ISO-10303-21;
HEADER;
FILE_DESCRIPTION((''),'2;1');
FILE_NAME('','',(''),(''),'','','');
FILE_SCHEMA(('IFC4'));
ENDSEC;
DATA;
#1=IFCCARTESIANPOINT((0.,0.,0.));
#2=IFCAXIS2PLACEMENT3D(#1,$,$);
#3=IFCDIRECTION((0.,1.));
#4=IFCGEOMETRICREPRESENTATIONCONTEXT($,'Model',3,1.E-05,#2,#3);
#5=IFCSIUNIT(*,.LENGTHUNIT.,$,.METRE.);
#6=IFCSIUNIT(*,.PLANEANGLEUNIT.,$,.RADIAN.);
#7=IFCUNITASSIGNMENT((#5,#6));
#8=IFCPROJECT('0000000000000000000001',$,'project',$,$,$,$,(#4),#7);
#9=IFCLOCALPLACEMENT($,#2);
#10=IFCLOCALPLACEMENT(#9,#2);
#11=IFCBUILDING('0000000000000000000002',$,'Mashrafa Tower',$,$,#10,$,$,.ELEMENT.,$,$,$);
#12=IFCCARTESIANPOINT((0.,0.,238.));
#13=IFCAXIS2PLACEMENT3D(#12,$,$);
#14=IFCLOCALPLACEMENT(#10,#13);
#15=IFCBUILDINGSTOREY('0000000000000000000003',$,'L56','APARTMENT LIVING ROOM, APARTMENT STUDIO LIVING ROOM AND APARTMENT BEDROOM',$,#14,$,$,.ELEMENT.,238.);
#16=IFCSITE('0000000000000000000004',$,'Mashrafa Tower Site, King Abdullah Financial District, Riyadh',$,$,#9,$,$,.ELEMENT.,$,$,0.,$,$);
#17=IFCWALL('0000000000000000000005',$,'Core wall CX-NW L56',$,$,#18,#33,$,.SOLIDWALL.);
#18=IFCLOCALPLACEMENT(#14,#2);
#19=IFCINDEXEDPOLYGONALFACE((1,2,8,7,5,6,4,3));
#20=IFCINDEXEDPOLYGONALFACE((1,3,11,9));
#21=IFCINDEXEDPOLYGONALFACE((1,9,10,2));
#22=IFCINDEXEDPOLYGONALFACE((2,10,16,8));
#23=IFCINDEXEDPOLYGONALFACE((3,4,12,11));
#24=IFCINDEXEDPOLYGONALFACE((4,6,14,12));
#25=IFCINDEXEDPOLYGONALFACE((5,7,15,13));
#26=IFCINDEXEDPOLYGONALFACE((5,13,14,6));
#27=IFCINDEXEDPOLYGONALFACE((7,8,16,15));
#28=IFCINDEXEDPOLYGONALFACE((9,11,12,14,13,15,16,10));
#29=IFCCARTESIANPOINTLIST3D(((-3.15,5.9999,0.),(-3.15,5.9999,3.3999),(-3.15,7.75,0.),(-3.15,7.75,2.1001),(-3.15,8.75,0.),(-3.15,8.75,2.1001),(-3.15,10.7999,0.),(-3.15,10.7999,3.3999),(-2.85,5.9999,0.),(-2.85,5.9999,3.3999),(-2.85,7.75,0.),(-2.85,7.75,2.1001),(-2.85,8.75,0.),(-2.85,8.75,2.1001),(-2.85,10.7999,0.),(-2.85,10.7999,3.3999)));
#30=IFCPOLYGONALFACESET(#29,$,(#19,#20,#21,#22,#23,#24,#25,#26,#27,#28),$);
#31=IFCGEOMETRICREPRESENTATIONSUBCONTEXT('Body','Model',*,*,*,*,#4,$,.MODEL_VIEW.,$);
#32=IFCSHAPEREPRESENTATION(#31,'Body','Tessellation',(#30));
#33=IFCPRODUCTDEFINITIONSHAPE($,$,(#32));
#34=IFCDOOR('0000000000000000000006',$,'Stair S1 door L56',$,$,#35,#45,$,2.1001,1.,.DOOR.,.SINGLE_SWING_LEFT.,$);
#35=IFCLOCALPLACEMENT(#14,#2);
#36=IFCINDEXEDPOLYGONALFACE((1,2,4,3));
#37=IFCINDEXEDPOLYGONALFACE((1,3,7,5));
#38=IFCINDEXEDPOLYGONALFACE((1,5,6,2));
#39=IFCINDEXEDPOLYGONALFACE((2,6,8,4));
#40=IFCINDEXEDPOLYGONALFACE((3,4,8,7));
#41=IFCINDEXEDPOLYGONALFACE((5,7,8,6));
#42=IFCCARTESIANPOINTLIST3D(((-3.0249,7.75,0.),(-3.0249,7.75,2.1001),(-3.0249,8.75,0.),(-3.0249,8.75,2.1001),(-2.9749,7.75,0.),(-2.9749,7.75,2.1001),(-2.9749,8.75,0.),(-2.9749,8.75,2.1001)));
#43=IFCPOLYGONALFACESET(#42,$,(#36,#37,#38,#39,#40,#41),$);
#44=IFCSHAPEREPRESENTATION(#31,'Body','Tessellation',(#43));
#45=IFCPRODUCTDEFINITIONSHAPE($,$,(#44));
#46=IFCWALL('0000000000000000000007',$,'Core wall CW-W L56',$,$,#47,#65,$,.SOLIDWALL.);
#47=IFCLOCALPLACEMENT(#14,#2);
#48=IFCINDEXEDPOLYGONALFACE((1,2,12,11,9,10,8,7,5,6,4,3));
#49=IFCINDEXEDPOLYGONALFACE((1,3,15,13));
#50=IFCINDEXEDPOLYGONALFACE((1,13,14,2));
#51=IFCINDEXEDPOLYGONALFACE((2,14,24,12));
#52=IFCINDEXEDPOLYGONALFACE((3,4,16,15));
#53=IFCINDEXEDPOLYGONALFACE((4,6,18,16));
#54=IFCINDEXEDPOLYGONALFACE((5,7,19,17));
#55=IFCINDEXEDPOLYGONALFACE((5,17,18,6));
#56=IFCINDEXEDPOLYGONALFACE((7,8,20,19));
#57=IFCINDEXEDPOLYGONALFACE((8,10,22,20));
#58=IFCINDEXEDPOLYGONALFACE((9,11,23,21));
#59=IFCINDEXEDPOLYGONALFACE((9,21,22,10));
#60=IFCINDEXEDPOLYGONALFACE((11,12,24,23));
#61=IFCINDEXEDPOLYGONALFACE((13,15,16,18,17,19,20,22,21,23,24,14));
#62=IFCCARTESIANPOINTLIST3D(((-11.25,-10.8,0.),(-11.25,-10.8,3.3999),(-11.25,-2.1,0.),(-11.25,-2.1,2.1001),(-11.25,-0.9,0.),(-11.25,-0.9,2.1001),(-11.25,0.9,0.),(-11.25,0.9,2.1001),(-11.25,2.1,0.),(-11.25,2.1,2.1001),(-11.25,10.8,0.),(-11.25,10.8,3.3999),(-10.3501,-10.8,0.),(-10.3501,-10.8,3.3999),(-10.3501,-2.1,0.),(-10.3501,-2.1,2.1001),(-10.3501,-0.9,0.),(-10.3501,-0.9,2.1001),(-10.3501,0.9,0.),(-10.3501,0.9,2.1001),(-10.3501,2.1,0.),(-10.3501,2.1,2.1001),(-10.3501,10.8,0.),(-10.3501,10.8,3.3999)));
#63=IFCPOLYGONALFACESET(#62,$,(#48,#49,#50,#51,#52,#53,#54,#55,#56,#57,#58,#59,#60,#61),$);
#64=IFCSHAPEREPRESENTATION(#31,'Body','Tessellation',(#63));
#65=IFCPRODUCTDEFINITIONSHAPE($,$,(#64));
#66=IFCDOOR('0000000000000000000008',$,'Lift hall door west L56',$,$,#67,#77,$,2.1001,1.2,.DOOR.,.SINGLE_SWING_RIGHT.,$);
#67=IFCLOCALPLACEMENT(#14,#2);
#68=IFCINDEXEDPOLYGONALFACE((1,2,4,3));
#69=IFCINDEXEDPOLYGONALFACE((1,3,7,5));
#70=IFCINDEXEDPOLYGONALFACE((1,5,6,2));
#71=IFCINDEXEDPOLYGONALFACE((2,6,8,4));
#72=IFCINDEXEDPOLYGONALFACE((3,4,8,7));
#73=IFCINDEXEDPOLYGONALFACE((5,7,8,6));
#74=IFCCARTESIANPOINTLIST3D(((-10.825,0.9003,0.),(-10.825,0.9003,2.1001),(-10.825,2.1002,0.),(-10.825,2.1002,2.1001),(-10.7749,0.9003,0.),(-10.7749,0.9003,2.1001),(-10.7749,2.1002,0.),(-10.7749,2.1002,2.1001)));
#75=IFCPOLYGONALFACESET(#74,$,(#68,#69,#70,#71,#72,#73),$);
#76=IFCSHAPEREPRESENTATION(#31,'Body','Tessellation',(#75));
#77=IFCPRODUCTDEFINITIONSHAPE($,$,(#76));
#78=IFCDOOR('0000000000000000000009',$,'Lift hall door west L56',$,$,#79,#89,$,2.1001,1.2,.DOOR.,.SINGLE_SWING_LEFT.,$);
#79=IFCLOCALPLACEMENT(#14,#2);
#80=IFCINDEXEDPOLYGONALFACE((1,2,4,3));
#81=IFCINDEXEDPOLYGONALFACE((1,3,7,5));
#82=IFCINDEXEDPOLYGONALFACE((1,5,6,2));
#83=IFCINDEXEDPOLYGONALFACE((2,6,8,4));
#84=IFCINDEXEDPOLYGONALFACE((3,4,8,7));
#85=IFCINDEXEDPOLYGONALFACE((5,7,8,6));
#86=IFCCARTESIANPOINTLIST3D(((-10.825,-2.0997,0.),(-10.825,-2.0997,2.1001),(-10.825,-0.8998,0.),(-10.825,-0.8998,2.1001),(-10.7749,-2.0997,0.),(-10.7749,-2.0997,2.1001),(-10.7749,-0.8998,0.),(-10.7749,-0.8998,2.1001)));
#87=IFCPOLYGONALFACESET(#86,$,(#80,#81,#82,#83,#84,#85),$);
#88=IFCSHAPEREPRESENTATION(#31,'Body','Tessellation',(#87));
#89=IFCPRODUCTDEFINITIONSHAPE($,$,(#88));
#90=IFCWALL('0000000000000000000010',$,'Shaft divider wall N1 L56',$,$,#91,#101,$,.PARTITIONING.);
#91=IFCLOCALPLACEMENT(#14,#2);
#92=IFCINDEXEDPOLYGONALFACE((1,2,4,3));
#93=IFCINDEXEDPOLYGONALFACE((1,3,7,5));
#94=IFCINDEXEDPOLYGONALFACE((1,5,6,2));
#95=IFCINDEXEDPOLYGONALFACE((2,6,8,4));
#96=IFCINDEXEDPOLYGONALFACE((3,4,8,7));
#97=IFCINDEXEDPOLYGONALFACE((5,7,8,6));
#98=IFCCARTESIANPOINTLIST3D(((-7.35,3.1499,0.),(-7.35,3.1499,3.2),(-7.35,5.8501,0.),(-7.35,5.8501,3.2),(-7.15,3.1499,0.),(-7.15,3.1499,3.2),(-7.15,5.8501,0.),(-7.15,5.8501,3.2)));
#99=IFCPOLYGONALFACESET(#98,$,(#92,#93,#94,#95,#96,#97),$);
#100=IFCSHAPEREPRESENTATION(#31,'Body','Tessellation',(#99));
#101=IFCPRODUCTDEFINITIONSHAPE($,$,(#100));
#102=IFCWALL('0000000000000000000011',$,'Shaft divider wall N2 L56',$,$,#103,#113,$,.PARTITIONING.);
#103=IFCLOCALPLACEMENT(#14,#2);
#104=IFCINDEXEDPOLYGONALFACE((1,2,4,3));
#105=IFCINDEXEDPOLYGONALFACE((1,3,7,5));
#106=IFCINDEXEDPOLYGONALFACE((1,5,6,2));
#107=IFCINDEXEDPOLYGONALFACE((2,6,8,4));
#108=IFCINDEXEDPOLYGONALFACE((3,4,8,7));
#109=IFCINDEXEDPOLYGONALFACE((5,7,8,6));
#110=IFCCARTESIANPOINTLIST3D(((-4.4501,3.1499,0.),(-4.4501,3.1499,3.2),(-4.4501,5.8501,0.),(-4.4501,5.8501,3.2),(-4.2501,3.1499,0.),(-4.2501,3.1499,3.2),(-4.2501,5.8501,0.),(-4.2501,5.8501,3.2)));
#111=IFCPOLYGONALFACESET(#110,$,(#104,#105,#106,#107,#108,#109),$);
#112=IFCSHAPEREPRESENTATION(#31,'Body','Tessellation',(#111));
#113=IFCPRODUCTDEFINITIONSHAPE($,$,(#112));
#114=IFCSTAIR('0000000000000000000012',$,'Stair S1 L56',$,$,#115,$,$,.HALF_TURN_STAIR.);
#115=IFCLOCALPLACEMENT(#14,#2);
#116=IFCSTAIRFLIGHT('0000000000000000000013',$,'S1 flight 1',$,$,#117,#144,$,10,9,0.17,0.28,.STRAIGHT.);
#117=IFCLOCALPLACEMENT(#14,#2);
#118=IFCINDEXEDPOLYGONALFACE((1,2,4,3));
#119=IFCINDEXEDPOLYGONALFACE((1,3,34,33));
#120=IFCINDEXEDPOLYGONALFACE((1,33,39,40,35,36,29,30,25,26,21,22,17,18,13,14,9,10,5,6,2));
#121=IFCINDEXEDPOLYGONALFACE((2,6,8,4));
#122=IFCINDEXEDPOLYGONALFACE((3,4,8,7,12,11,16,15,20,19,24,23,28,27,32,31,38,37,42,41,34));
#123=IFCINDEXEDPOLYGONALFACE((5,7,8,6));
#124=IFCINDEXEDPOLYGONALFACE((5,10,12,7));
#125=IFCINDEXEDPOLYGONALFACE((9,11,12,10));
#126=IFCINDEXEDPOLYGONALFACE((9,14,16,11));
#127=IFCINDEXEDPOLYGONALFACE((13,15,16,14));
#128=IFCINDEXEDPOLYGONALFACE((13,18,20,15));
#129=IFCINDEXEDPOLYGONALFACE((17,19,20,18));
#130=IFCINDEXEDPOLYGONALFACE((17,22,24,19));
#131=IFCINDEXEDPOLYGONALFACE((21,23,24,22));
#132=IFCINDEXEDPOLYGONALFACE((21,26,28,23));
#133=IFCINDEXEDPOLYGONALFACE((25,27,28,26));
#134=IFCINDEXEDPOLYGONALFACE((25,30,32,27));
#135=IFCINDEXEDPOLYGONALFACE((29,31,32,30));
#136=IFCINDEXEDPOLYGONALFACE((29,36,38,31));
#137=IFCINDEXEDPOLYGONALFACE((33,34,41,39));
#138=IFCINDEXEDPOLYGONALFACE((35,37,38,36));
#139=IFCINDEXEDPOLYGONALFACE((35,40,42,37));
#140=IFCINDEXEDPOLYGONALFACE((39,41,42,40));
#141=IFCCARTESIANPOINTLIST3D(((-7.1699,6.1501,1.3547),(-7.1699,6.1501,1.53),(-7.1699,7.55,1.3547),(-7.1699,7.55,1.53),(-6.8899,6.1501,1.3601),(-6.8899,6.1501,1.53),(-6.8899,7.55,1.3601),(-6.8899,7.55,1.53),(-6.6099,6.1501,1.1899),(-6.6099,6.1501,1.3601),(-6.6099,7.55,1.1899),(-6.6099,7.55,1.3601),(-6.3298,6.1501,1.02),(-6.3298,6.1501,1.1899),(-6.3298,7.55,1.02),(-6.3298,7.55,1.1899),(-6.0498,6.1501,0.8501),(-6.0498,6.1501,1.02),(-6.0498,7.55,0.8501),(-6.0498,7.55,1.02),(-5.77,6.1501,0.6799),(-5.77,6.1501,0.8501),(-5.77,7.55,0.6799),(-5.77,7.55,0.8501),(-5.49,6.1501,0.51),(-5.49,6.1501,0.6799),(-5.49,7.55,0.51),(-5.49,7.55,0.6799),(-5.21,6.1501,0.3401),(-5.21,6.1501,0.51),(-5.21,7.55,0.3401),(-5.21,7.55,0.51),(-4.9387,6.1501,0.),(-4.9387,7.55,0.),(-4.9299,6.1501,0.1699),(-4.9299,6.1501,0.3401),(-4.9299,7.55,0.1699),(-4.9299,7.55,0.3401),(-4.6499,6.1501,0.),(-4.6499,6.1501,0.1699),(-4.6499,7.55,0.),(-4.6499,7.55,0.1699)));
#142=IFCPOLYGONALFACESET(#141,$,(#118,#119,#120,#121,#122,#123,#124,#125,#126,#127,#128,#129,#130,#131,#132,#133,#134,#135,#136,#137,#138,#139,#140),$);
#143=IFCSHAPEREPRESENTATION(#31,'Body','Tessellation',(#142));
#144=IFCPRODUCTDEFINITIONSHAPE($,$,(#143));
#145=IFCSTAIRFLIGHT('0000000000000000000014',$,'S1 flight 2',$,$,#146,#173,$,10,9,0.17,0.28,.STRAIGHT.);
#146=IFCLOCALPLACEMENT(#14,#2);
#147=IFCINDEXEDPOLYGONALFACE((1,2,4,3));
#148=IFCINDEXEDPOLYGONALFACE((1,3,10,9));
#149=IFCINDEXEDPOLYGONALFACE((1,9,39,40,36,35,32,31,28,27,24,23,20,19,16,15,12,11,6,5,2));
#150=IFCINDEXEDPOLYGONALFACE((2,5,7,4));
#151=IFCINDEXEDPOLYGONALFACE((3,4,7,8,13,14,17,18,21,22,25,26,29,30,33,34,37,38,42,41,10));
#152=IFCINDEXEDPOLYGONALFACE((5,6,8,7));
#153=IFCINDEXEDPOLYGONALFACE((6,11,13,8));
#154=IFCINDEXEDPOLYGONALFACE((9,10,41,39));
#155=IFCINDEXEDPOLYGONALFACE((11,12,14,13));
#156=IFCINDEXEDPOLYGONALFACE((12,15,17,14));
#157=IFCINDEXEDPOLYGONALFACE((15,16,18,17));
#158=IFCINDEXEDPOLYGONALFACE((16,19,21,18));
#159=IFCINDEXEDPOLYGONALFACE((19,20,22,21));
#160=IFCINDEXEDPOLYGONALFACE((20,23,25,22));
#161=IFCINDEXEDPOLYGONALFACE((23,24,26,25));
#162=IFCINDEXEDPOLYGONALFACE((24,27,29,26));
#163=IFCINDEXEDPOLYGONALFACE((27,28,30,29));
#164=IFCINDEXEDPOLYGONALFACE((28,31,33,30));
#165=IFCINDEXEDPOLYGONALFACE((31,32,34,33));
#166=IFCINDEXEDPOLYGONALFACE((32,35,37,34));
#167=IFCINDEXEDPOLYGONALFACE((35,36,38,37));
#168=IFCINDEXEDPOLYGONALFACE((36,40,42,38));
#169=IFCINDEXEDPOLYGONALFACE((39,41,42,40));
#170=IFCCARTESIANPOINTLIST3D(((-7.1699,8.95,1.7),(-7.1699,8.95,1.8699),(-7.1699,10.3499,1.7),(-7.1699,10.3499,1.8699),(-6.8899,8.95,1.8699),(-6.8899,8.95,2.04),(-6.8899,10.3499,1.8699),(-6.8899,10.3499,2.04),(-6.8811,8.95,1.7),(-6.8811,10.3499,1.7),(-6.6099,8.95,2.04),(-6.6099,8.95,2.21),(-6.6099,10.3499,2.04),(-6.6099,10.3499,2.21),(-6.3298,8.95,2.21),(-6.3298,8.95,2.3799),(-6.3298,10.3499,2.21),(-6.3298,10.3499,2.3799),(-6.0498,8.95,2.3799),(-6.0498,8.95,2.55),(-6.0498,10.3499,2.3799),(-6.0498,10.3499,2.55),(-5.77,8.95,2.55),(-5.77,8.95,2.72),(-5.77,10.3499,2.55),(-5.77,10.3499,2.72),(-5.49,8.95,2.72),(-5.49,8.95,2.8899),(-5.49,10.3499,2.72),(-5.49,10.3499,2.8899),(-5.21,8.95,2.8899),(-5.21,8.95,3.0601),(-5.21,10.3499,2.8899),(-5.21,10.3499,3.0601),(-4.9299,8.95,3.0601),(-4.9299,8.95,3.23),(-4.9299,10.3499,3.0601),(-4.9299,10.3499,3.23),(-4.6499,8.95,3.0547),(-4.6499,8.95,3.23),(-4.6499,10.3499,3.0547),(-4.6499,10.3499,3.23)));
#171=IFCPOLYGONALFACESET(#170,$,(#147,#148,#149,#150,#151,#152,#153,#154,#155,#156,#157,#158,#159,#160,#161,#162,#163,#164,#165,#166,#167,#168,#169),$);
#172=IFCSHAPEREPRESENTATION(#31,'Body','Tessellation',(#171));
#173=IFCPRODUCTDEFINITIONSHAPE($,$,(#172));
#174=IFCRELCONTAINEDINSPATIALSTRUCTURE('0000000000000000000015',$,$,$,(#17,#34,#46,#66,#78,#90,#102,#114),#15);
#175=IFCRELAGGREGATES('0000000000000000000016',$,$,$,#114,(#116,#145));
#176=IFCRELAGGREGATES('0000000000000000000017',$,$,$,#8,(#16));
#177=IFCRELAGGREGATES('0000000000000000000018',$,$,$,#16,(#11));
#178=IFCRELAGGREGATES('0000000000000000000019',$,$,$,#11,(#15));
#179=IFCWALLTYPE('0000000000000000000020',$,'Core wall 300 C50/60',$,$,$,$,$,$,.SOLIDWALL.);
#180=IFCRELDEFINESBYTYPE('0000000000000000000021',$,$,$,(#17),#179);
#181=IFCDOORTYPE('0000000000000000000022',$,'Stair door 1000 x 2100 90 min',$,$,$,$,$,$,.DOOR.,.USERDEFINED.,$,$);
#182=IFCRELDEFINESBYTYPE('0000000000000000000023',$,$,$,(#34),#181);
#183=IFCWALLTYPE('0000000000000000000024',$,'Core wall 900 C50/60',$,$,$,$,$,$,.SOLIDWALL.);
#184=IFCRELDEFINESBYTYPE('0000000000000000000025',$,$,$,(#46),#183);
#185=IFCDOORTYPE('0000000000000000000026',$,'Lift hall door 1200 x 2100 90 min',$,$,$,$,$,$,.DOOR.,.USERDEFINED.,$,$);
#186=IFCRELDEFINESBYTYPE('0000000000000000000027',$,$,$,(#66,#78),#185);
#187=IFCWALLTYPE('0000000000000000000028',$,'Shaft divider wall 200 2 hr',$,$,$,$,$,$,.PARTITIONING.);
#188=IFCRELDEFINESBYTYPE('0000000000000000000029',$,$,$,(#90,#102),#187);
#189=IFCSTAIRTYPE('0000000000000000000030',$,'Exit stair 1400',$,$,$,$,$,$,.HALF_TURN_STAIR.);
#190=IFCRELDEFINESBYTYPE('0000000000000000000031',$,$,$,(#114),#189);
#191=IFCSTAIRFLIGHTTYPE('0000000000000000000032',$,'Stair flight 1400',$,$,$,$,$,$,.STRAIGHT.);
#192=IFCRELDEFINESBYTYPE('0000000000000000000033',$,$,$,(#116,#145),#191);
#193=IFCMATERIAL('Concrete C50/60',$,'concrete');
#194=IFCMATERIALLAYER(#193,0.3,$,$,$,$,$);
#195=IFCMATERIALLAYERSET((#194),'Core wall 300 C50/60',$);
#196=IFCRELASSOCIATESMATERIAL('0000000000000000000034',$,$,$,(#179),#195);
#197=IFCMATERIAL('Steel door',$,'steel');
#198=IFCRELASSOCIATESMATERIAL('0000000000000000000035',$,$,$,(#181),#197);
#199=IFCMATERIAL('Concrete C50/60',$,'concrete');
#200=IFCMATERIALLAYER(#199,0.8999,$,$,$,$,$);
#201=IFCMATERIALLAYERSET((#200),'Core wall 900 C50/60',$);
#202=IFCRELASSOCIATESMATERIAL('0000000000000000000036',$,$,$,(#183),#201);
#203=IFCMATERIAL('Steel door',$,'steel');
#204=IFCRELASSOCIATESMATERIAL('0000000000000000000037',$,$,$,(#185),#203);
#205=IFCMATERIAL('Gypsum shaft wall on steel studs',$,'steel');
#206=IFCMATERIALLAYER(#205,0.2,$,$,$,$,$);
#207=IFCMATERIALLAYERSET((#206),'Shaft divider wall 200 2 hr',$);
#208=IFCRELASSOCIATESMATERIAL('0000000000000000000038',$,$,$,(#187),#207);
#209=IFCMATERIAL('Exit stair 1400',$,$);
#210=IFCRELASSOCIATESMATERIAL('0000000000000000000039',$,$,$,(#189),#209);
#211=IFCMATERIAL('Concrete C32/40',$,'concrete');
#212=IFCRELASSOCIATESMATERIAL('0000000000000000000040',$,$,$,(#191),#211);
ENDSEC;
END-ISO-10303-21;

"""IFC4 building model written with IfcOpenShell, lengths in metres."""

from ifc_helpers import new_model, si_unit, direction, frame, frame_2d, origin, place, context, subcontext, project, spatial, polyline, rectangle, outline, extrude, material, layer, layer_set, type_object, element, fill, aggregate, save


model = new_model("IFC4")

# Units and contexts
model_context = context("Model", 3, precision=1e-05, world=origin(), true_north=direction((0.0, 1.0)))
body_context = subcontext(model_context, "Body", "Model", "MODEL_VIEW")
ifc_project = project(units=[si_unit("LENGTHUNIT", "METRE"), si_unit("PLANEANGLEUNIT", "RADIAN")], contexts=[model_context])

# Site, building, storey
site_placement = place(None, origin())
site = spatial("IfcSite", under=ifc_project, at=site_placement, Name="Mashrafa Tower Site, King Abdullah Financial District, Riyadh", CompositionType="ELEMENT", RefElevation=0.0)
building_placement = place(site_placement, origin())
building = spatial("IfcBuilding", under=site, at=building_placement, Name="Mashrafa Tower", CompositionType="ELEMENT")
storey_placement = place(building_placement, frame((0.0, 0.0, 238.0)))
storey = spatial("IfcBuildingStorey", under=building, at=storey_placement, Name="L56", Description="APARTMENT LIVING ROOM, APARTMENT STUDIO LIVING ROOM AND APARTMENT BEDROOM", CompositionType="ELEMENT", Elevation=238.0)

# Shared definitions
ifc_material_1 = material(Name="Concrete C50/60", Category="concrete")
ifc_layer_1 = layer(ifc_material_1, 0.3)
ifc_layer_set_1 = layer_set([ifc_layer_1], Name="Core wall 300 C50/60")
wall_type_1 = type_object("IfcWallType", Name="Core wall 300 C50/60", PredefinedType="SOLIDWALL", material=ifc_layer_set_1)

# Wall, opening, door
wall_1_placement = place(storey_placement, frame((-3.0, 6.0, 0.0), z_axis=(0.0, 0.0, 1.0), x_axis=(0.0, 1.0, 0.0)))
wall_1 = element("IfcWall", 1, at=wall_1_placement, inside=storey, type_object=wall_type_1, Name="Core wall CX-NW L56", PredefinedType="SOLIDWALL", context=body_context, shape_type="SweptSolid", body=[
    extrude(rectangle(XDim=4.8, YDim=0.3, at=frame_2d((2.3999, 0.0))), origin(), (0.0, 0.0, 1.0), 3.3999),
])
opening_1_placement = place(wall_1_placement, frame((1.75, 0.0, 0.0)))
opening_1 = element("IfcOpeningElement", 2, at=opening_1_placement, cuts=wall_1, PredefinedType="OPENING", context=body_context, shape_type="SweptSolid", body=[
    extrude(rectangle(XDim=1.0, YDim=2.1001, at=frame_2d((0.5, 1.05))), frame((0.0, 0.1599, 0.0), z_axis=(0.0, -1.0, 0.0), x_axis=(1.0, 0.0, 0.0)), (0.0, 0.0, 1.0), 0.3201),
])
ifc_material_2 = material(Name="Steel door", Category="steel")
door_type_1 = type_object("IfcDoorType", Name="Stair door 1000 x 2100 90 min", OperationType="USERDEFINED", PredefinedType="DOOR", material=ifc_material_2)
door_1_placement = place(opening_1_placement, origin())
door_1 = element("IfcDoor", 3, at=door_1_placement, inside=storey, type_object=door_type_1, Name="Stair S1 door L56", OperationType="SINGLE_SWING_LEFT", OverallHeight=2.1001, OverallWidth=1.0, PredefinedType="DOOR", context=body_context, shape_type="SweptSolid", body=[
    extrude(rectangle(XDim=1.0, YDim=2.1001, at=frame_2d((0.5, 1.05))), frame((0.0, 0.0249, 0.0), z_axis=(0.0, -1.0, 0.0), x_axis=(1.0, 0.0, 0.0)), (0.0, 0.0, 1.0), 0.05),
])
fill(opening_1, door_1)

# Wall, openings, doors
ifc_material_3 = material(Name="Concrete C50/60", Category="concrete")
ifc_layer_2 = layer(ifc_material_3, 0.8999)
ifc_layer_set_2 = layer_set([ifc_layer_2], Name="Core wall 900 C50/60")
wall_type_2 = type_object("IfcWallType", Name="Core wall 900 C50/60", PredefinedType="SOLIDWALL", material=ifc_layer_set_2)
wall_2_placement = place(storey_placement, frame((-10.8, 10.8, 0.0), z_axis=(0.0, 0.0, 1.0), x_axis=(0.0, -1.0, 0.0)))
wall_2 = element("IfcWall", 4, at=wall_2_placement, inside=storey, type_object=wall_type_2, Name="Core wall CW-W L56", PredefinedType="SOLIDWALL", context=body_context, shape_type="SweptSolid", body=[
    extrude(rectangle(XDim=21.6001, YDim=0.8999, at=frame_2d((10.8, 0.0))), origin(), (0.0, 0.0, 1.0), 3.3999),
])
opening_2_placement = place(wall_2_placement, frame((8.7, 0.0, 0.0)))
opening_2 = element("IfcOpeningElement", 5, at=opening_2_placement, cuts=wall_2, PredefinedType="OPENING", context=body_context, shape_type="SweptSolid", body=[
    extrude(rectangle(XDim=1.2, YDim=2.1001, at=frame_2d((0.6001, 1.05))), frame((0.0, 0.46, 0.0), z_axis=(0.0, -1.0, 0.0), x_axis=(1.0, 0.0, 0.0)), (0.0, 0.0, 1.0), 0.9199),
])
opening_3_placement = place(wall_2_placement, frame((11.7, 0.0, 0.0)))
opening_3 = element("IfcOpeningElement", 6, at=opening_3_placement, cuts=wall_2, PredefinedType="OPENING", context=body_context, shape_type="SweptSolid", body=[
    extrude(rectangle(XDim=1.2, YDim=2.1001, at=frame_2d((0.6001, 1.05))), frame((0.0, 0.46, 0.0), z_axis=(0.0, -1.0, 0.0), x_axis=(1.0, 0.0, 0.0)), (0.0, 0.0, 1.0), 0.9199),
])
ifc_material_4 = material(Name="Steel door", Category="steel")
door_type_2 = type_object("IfcDoorType", Name="Lift hall door 1200 x 2100 90 min", OperationType="USERDEFINED", PredefinedType="DOOR", material=ifc_material_4)
door_2_placement = place(opening_2_placement, frame((1.2, 0.0, 0.0), z_axis=(0.0, 0.0, 1.0), x_axis=(-1.0, 0.0, 0.0)))
door_2 = element("IfcDoor", 7, at=door_2_placement, inside=storey, type_object=door_type_2, Name="Lift hall door west L56", OperationType="SINGLE_SWING_RIGHT", OverallHeight=2.1001, OverallWidth=1.2, PredefinedType="DOOR", context=body_context, shape_type="SweptSolid", body=[
    extrude(rectangle(XDim=1.2, YDim=2.1001, at=frame_2d((0.6001, 1.05))), frame((0.0, 0.0249, 0.0), z_axis=(0.0, -1.0, 0.0), x_axis=(1.0, 0.0, 0.0)), (0.0, 0.0, 1.0), 0.05),
])
fill(opening_2, door_2)
door_3_placement = place(opening_3_placement, frame((1.2, 0.0, 0.0), z_axis=(0.0, 0.0, 1.0), x_axis=(-1.0, 0.0, 0.0)))
door_3 = element("IfcDoor", 8, at=door_3_placement, inside=storey, type_object=door_type_2, Name="Lift hall door west L56", OperationType="SINGLE_SWING_LEFT", OverallHeight=2.1001, OverallWidth=1.2, PredefinedType="DOOR", context=body_context, shape_type="SweptSolid", body=[
    extrude(rectangle(XDim=1.2, YDim=2.1001, at=frame_2d((0.6001, 1.05))), frame((0.0, 0.0249, 0.0), z_axis=(0.0, -1.0, 0.0), x_axis=(1.0, 0.0, 0.0)), (0.0, 0.0, 1.0), 0.05),
])
fill(opening_3, door_3)

# Walls
ifc_material_5 = material(Name="Gypsum shaft wall on steel studs", Category="steel")
ifc_layer_3 = layer(ifc_material_5, 0.2)
ifc_layer_set_3 = layer_set([ifc_layer_3], Name="Shaft divider wall 200 2 hr")
wall_type_3 = type_object("IfcWallType", Name="Shaft divider wall 200 2 hr", PredefinedType="PARTITIONING", material=ifc_layer_set_3)
for number, where, z_axis, x_axis, name in (
    (9, (-7.25, 3.1499, 0.0), (0.0, 0.0, 1.0), (0.0, 1.0, 0.0), "Shaft divider wall N1 L56"),
    (10, (-4.3501, 3.1499, 0.0), (0.0, 0.0, 1.0), (0.0, 1.0, 0.0), "Shaft divider wall N2 L56"),
):
    element("IfcWall", number, at=place(storey_placement, frame(where, z_axis=z_axis, x_axis=x_axis)), inside=storey, type_object=wall_type_3, Name=name, PredefinedType="PARTITIONING", context=body_context, shape_type="SweptSolid", body=[
        extrude(rectangle(XDim=2.7002, YDim=0.2, at=frame_2d((1.3501, 0.0))), origin(), (0.0, 0.0, 1.0), 3.2),
    ])

# Stair, stair flights
ifc_material_6 = material(Name="Exit stair 1400")
stair_type = type_object("IfcStairType", Name="Exit stair 1400", PredefinedType="HALF_TURN_STAIR", material=ifc_material_6)
stair_placement = place(storey_placement, origin())
stair = element("IfcStair", 11, at=stair_placement, inside=storey, type_object=stair_type, Name="Stair S1 L56", PredefinedType="HALF_TURN_STAIR")
ifc_material_7 = material(Name="Concrete C32/40", Category="concrete")
stair_flight_type = type_object("IfcStairFlightType", Name="Stair flight 1400", PredefinedType="STRAIGHT", material=ifc_material_7)
stair_flight_1_placement = place(storey_placement, frame((-4.6499, 6.8501, 0.0), z_axis=(0.0, 0.0, 1.0), x_axis=(-1.0, 0.0, 0.0)))
stair_flight_1 = element("IfcStairFlight", 12, at=stair_flight_1_placement, type_object=stair_flight_type, Name="S1 flight 1", NumberOfRisers=10, NumberOfTreads=9, PredefinedType="STRAIGHT", RiserHeight=0.17, TreadLength=0.28, context=body_context, shape_type="SweptSolid", body=[
    extrude(outline(polyline([(0.0, 0.0), (0.0, 0.1699), (0.28, 0.1699), (0.28, 0.3401), (0.5601, 0.3401), (0.5601, 0.51), (0.8401, 0.51), (0.8401, 0.6799), (1.1201, 0.6799), (1.1201, 0.8501), (1.3999, 0.8501), (1.3999, 1.02), (1.6799, 1.02), (1.6799, 1.1899), (1.96, 1.1899), (1.96, 1.3601), (2.24, 1.3601), (2.24, 1.53), (2.52, 1.53), (2.52, 1.7), (2.52, 1.3547), (0.2888, 0.0), (0.0, 0.0)])), frame((0.0, 0.7, 0.0), z_axis=(0.0, -1.0, 0.0), x_axis=(1.0, 0.0, 0.0)), (0.0, 0.0, 1.0), 1.3999),
])
stair_flight_2_placement = place(storey_placement, frame((-7.1699, 9.6499, 1.7), z_axis=(0.0, 0.0, 1.0), x_axis=(1.0, 0.0, 0.0)))
stair_flight_2 = element("IfcStairFlight", 13, at=stair_flight_2_placement, type_object=stair_flight_type, Name="S1 flight 2", NumberOfRisers=10, NumberOfTreads=9, PredefinedType="STRAIGHT", RiserHeight=0.17, TreadLength=0.28, context=body_context, shape_type="SweptSolid", body=[
    extrude(outline(polyline([(0.0, 0.0), (0.0, 0.1699), (0.28, 0.1699), (0.28, 0.3401), (0.5601, 0.3401), (0.5601, 0.51), (0.8401, 0.51), (0.8401, 0.6799), (1.1201, 0.6799), (1.1201, 0.8501), (1.3999, 0.8501), (1.3999, 1.02), (1.6799, 1.02), (1.6799, 1.1899), (1.96, 1.1899), (1.96, 1.3601), (2.24, 1.3601), (2.24, 1.53), (2.52, 1.53), (2.52, 1.7), (2.52, 1.3547), (0.2888, 0.0), (0.0, 0.0)])), frame((0.0, 0.7, 0.0), z_axis=(0.0, -1.0, 0.0), x_axis=(1.0, 0.0, 0.0)), (0.0, 0.0, 1.0), 1.3999),
])
aggregate(stair, [stair_flight_1, stair_flight_2])

save(model, "model.ifc")
